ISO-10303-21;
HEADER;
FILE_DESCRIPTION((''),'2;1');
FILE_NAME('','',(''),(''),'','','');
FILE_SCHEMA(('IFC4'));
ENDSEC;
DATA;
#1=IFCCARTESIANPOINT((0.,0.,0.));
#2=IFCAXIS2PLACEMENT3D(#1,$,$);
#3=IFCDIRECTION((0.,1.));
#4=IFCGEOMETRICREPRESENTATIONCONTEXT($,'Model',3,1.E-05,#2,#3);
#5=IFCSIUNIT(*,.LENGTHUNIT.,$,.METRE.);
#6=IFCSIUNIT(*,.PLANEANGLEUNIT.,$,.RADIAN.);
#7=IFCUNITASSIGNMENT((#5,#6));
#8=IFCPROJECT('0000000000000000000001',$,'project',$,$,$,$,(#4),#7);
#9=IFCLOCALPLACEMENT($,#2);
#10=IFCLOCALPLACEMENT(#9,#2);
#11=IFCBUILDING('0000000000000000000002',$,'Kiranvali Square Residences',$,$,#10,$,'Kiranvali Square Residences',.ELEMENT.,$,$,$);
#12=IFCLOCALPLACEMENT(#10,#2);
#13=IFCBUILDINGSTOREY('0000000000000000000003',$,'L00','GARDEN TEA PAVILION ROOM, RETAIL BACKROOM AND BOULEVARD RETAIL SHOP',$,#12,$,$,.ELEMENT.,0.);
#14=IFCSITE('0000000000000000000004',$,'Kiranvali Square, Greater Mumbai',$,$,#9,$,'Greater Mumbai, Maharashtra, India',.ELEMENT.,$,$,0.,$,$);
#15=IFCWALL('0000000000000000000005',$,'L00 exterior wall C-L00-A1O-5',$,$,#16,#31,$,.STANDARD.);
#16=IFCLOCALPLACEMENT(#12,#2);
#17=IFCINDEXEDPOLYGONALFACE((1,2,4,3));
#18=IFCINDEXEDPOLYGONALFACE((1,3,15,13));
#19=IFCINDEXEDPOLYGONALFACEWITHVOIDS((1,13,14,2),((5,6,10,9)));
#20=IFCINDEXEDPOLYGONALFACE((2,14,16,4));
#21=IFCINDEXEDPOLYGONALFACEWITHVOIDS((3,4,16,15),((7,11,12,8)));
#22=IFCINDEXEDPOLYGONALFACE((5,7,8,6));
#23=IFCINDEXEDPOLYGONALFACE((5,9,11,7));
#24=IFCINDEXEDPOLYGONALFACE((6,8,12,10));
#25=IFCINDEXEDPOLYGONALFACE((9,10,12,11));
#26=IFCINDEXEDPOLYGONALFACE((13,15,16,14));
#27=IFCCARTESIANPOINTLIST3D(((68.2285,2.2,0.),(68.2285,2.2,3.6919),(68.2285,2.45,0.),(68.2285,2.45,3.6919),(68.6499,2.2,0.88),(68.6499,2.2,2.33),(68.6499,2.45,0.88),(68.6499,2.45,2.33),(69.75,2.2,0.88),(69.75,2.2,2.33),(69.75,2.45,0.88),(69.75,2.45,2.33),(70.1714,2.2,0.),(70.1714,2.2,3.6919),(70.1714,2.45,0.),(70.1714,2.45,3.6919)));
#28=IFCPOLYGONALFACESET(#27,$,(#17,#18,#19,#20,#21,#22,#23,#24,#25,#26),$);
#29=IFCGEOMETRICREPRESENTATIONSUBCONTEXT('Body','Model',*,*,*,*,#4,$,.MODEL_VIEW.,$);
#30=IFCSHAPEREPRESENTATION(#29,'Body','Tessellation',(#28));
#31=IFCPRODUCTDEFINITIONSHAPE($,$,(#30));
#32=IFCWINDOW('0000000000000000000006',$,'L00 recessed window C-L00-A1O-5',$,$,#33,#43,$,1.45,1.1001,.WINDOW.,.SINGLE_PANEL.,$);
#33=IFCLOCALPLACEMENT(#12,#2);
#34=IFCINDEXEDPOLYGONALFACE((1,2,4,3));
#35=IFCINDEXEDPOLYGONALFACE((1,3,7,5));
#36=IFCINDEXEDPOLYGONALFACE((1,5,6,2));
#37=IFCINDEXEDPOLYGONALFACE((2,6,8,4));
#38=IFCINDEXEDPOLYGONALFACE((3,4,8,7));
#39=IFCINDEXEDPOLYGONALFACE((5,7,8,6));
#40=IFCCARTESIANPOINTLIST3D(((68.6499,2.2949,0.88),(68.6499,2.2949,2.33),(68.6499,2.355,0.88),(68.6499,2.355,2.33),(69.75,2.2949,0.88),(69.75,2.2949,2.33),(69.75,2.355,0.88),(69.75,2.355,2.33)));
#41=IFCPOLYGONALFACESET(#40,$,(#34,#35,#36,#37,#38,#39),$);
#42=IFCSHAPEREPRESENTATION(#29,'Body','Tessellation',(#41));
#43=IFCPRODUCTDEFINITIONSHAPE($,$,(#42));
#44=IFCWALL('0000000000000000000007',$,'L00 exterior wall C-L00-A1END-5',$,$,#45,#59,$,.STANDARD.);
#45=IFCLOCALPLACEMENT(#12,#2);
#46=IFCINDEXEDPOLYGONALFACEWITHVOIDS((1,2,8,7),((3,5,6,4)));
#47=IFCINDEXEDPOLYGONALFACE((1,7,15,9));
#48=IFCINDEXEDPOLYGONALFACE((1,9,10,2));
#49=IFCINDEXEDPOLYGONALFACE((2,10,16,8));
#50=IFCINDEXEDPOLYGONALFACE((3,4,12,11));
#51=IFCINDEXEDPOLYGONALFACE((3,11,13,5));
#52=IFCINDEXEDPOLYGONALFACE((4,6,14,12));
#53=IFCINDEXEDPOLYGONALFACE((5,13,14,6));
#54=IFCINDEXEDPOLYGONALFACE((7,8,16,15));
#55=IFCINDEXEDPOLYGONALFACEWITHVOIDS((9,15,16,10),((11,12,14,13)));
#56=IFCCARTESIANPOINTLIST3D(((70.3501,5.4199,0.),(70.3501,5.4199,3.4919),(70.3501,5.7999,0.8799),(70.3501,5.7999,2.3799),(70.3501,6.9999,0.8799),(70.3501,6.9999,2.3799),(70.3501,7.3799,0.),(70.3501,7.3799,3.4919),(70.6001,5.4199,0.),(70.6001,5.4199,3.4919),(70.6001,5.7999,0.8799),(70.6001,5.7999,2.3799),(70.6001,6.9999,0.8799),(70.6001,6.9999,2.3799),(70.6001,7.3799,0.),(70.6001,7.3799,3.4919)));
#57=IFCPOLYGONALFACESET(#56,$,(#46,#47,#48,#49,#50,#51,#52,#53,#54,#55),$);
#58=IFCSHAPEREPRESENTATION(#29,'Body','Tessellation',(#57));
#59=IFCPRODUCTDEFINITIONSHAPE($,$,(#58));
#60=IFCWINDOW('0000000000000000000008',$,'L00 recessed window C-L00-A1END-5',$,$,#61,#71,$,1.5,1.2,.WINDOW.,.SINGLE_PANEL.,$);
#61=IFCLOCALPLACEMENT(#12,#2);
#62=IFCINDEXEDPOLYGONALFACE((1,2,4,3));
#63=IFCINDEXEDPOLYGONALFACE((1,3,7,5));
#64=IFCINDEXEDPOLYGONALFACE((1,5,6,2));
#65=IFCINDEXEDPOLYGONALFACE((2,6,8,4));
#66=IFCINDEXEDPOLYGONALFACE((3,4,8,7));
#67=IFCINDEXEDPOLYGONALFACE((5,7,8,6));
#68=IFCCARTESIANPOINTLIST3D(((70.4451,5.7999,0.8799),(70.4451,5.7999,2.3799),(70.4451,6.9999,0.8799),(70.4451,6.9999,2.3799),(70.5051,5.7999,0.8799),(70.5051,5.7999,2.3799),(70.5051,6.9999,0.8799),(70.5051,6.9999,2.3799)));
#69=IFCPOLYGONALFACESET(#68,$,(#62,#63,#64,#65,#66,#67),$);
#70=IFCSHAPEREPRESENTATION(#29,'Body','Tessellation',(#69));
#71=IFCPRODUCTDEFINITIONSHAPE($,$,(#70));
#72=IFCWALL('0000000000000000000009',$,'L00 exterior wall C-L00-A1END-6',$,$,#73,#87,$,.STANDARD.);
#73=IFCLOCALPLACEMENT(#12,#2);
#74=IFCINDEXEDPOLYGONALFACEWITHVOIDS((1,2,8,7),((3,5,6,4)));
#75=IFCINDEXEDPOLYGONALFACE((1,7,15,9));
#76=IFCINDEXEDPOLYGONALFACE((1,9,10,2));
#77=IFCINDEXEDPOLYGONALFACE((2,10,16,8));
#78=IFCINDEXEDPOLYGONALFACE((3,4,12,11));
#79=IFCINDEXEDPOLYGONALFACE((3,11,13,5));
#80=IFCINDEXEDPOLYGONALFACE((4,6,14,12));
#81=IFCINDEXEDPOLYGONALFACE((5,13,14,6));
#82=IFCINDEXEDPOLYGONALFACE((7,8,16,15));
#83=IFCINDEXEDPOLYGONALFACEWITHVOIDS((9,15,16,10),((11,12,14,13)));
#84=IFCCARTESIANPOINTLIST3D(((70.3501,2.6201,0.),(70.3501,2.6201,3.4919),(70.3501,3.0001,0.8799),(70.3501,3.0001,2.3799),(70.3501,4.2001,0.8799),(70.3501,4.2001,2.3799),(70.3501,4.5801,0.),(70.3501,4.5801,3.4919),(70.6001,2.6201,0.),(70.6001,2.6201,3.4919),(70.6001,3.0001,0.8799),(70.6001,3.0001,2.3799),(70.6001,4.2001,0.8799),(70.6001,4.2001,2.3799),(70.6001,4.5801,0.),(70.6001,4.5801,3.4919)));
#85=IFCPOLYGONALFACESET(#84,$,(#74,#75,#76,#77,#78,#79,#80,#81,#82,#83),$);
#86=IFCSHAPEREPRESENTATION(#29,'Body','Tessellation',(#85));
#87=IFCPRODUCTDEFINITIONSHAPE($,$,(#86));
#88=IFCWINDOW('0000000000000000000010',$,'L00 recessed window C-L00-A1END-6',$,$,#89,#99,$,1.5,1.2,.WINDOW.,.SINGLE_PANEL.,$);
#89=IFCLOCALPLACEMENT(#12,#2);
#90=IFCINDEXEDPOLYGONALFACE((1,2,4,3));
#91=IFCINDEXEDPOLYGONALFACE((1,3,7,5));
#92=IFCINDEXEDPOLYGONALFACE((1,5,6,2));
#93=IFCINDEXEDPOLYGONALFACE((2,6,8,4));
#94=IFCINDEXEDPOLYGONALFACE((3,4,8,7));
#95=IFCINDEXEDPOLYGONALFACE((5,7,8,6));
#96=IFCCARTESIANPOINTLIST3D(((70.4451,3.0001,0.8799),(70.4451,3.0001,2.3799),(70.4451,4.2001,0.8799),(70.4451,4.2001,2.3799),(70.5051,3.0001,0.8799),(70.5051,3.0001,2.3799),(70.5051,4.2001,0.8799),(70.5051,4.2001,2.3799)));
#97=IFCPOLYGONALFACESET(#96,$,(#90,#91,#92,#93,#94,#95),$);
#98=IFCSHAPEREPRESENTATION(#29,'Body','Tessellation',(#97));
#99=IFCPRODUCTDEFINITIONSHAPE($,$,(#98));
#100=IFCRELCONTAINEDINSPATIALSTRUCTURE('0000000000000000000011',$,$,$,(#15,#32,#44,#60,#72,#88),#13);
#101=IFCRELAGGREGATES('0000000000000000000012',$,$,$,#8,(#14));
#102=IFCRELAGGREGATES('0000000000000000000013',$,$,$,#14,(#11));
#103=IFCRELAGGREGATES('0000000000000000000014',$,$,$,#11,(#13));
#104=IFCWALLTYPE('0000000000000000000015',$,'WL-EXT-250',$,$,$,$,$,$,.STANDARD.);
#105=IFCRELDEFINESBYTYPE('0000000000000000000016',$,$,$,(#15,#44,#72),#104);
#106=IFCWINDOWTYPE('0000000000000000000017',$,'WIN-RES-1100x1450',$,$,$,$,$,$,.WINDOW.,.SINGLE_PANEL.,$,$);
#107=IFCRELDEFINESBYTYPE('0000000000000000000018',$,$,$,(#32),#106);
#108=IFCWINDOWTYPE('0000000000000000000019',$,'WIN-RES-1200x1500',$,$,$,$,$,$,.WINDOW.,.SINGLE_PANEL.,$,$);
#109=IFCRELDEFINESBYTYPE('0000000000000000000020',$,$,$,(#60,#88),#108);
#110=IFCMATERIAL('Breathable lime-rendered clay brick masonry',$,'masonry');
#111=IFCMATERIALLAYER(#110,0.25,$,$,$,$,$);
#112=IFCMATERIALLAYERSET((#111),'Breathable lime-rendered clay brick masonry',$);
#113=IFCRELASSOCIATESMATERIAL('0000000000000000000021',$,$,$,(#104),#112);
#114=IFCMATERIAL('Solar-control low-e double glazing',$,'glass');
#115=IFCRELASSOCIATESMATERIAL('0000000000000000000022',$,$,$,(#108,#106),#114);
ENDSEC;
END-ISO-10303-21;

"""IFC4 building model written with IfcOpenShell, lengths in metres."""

from ifc_helpers import new_model, si_unit, direction, frame, frame_2d, origin, place, context, subcontext, project, spatial, rectangle, extrude, material, layer, layer_set, type_object, element, fill, save


model = new_model("IFC4")

# Units and contexts
model_context = context("Model", 3, precision=1e-05, world=origin(), true_north=direction((0.0, 1.0)))
body_context = subcontext(model_context, "Body", "Model", "MODEL_VIEW")
ifc_project = project(units=[si_unit("LENGTHUNIT", "METRE"), si_unit("PLANEANGLEUNIT", "RADIAN")], contexts=[model_context])

# Site, building, storey
site_placement = place(None, origin())
site = spatial("IfcSite", under=ifc_project, at=site_placement, Name="Kiranvali Square, Greater Mumbai", LongName="Greater Mumbai, Maharashtra, India", CompositionType="ELEMENT", RefElevation=0.0)
building_placement = place(site_placement, origin())
building = spatial("IfcBuilding", under=site, at=building_placement, Name="Kiranvali Square Residences", LongName="Kiranvali Square Residences", CompositionType="ELEMENT")
storey_placement = place(building_placement, origin())
storey = spatial("IfcBuildingStorey", under=building, at=storey_placement, Name="L00", Description="GARDEN TEA PAVILION ROOM, RETAIL BACKROOM AND BOULEVARD RETAIL SHOP", CompositionType="ELEMENT", Elevation=0.0)

# Walls, openings, windows
ifc_material_1 = material(Name="Breathable lime-rendered clay brick masonry", Category="masonry")
ifc_layer = layer(ifc_material_1, 0.25)
ifc_layer_set = layer_set([ifc_layer], Name="Breathable lime-rendered clay brick masonry")
wall_type = type_object("IfcWallType", Name="WL-EXT-250", PredefinedType="STANDARD", material=ifc_layer_set)
ifc_material_2 = material(Name="Solar-control low-e double glazing", Category="glass")
window_type_1 = type_object("IfcWindowType", Name="WIN-RES-1200x1500", PartitioningType="SINGLE_PANEL", PredefinedType="WINDOW", material=ifc_material_2)
wall_1_placement = place(storey_placement, frame((68.2285, 2.325, 0.0), z_axis=(0.0, 0.0, 1.0), x_axis=(1.0, 0.0, 0.0)))
wall_1 = element("IfcWall", 1, at=wall_1_placement, inside=storey, type_object=wall_type, Name="L00 exterior wall C-L00-A1O-5", PredefinedType="STANDARD", context=body_context, shape_type="SweptSolid", body=[
    extrude(rectangle(XDim=1.9429, YDim=0.25, at=frame_2d((0.9714, 0.0))), origin(), (0.0, 0.0, 1.0), 3.6919),
])
opening_1_placement = place(wall_1_placement, frame((0.4214, 0.0, 0.8799)))
opening_1 = element("IfcOpeningElement", 2, at=opening_1_placement, cuts=wall_1, PredefinedType="OPENING", context=body_context, shape_type="SweptSolid", body=[
    extrude(rectangle(XDim=1.1001, YDim=1.45, at=frame_2d((0.55, 0.7251))), frame((0.0, 0.135, 0.0), z_axis=(0.0, -1.0, 0.0), x_axis=(1.0, 0.0, 0.0)), (0.0, 0.0, 1.0), 0.27),
])
window_type_2 = type_object("IfcWindowType", Name="WIN-RES-1100x1450", PartitioningType="SINGLE_PANEL", PredefinedType="WINDOW", material=ifc_material_2)
window_1_placement = place(opening_1_placement, origin())
window_1 = element("IfcWindow", 3, at=window_1_placement, inside=storey, type_object=window_type_2, Name="L00 recessed window C-L00-A1O-5", OverallHeight=1.45, OverallWidth=1.1001, PartitioningType="SINGLE_PANEL", PredefinedType="WINDOW", context=body_context, shape_type="SweptSolid", body=[
    extrude(rectangle(XDim=1.1001, YDim=1.45, at=frame_2d((0.55, 0.7251))), frame((0.0, 0.03, 0.0), z_axis=(0.0, -1.0, 0.0), x_axis=(1.0, 0.0, 0.0)), (0.0, 0.0, 1.0), 0.0601),
])
fill(opening_1, window_1)
wall_2_placement = place(storey_placement, frame((70.4751, 7.3799, 0.0), z_axis=(0.0, 0.0, 1.0), x_axis=(0.0, -1.0, 0.0)))
wall_2 = element("IfcWall", 4, at=wall_2_placement, inside=storey, type_object=wall_type, Name="L00 exterior wall C-L00-A1END-5", PredefinedType="STANDARD", context=body_context, shape_type="SweptSolid", body=[
    extrude(rectangle(XDim=1.96, YDim=0.25, at=frame_2d((0.98, 0.0))), origin(), (0.0, 0.0, 1.0), 3.4919),
])
opening_2_placement = place(wall_2_placement, frame((0.3799, 0.0, 0.8799)))
opening_2 = element("IfcOpeningElement", 5, at=opening_2_placement, cuts=wall_2, PredefinedType="OPENING", context=body_context, shape_type="SweptSolid", body=[
    extrude(rectangle(XDim=1.2, YDim=1.5, at=frame_2d((0.6001, 0.75))), frame((0.0, 0.135, 0.0), z_axis=(0.0, -1.0, 0.0), x_axis=(1.0, 0.0, 0.0)), (0.0, 0.0, 1.0), 0.27),
])
window_2_placement = place(opening_2_placement, origin())
window_2 = element("IfcWindow", 6, at=window_2_placement, inside=storey, type_object=window_type_1, Name="L00 recessed window C-L00-A1END-5", OverallHeight=1.5, OverallWidth=1.2, PartitioningType="SINGLE_PANEL", PredefinedType="WINDOW", context=body_context, shape_type="SweptSolid", body=[
    extrude(rectangle(XDim=1.2, YDim=1.5, at=frame_2d((0.6001, 0.75))), frame((0.0, 0.03, 0.0), z_axis=(0.0, -1.0, 0.0), x_axis=(1.0, 0.0, 0.0)), (0.0, 0.0, 1.0), 0.0601),
])
fill(opening_2, window_2)
wall_3_placement = place(storey_placement, frame((70.4751, 4.5801, 0.0), z_axis=(0.0, 0.0, 1.0), x_axis=(0.0, -1.0, 0.0)))
wall_3 = element("IfcWall", 7, at=wall_3_placement, inside=storey, type_object=wall_type, Name="L00 exterior wall C-L00-A1END-6", PredefinedType="STANDARD", context=body_context, shape_type="SweptSolid", body=[
    extrude(rectangle(XDim=1.96, YDim=0.25, at=frame_2d((0.98, 0.0))), origin(), (0.0, 0.0, 1.0), 3.4919),
])
opening_3_placement = place(wall_3_placement, frame((0.3799, 0.0, 0.8799)))
opening_3 = element("IfcOpeningElement", 8, at=opening_3_placement, cuts=wall_3, PredefinedType="OPENING", context=body_context, shape_type="SweptSolid", body=[
    extrude(rectangle(XDim=1.2, YDim=1.5, at=frame_2d((0.6001, 0.75))), frame((0.0, 0.135, 0.0), z_axis=(0.0, -1.0, 0.0), x_axis=(1.0, 0.0, 0.0)), (0.0, 0.0, 1.0), 0.27),
])
window_3_placement = place(opening_3_placement, origin())
window_3 = element("IfcWindow", 9, at=window_3_placement, inside=storey, type_object=window_type_1, Name="L00 recessed window C-L00-A1END-6", OverallHeight=1.5, OverallWidth=1.2, PartitioningType="SINGLE_PANEL", PredefinedType="WINDOW", context=body_context, shape_type="SweptSolid", body=[
    extrude(rectangle(XDim=1.2, YDim=1.5, at=frame_2d((0.6001, 0.75))), frame((0.0, 0.03, 0.0), z_axis=(0.0, -1.0, 0.0), x_axis=(1.0, 0.0, 0.0)), (0.0, 0.0, 1.0), 0.0601),
])
fill(opening_3, window_3)

save(model, "model.ifc")
